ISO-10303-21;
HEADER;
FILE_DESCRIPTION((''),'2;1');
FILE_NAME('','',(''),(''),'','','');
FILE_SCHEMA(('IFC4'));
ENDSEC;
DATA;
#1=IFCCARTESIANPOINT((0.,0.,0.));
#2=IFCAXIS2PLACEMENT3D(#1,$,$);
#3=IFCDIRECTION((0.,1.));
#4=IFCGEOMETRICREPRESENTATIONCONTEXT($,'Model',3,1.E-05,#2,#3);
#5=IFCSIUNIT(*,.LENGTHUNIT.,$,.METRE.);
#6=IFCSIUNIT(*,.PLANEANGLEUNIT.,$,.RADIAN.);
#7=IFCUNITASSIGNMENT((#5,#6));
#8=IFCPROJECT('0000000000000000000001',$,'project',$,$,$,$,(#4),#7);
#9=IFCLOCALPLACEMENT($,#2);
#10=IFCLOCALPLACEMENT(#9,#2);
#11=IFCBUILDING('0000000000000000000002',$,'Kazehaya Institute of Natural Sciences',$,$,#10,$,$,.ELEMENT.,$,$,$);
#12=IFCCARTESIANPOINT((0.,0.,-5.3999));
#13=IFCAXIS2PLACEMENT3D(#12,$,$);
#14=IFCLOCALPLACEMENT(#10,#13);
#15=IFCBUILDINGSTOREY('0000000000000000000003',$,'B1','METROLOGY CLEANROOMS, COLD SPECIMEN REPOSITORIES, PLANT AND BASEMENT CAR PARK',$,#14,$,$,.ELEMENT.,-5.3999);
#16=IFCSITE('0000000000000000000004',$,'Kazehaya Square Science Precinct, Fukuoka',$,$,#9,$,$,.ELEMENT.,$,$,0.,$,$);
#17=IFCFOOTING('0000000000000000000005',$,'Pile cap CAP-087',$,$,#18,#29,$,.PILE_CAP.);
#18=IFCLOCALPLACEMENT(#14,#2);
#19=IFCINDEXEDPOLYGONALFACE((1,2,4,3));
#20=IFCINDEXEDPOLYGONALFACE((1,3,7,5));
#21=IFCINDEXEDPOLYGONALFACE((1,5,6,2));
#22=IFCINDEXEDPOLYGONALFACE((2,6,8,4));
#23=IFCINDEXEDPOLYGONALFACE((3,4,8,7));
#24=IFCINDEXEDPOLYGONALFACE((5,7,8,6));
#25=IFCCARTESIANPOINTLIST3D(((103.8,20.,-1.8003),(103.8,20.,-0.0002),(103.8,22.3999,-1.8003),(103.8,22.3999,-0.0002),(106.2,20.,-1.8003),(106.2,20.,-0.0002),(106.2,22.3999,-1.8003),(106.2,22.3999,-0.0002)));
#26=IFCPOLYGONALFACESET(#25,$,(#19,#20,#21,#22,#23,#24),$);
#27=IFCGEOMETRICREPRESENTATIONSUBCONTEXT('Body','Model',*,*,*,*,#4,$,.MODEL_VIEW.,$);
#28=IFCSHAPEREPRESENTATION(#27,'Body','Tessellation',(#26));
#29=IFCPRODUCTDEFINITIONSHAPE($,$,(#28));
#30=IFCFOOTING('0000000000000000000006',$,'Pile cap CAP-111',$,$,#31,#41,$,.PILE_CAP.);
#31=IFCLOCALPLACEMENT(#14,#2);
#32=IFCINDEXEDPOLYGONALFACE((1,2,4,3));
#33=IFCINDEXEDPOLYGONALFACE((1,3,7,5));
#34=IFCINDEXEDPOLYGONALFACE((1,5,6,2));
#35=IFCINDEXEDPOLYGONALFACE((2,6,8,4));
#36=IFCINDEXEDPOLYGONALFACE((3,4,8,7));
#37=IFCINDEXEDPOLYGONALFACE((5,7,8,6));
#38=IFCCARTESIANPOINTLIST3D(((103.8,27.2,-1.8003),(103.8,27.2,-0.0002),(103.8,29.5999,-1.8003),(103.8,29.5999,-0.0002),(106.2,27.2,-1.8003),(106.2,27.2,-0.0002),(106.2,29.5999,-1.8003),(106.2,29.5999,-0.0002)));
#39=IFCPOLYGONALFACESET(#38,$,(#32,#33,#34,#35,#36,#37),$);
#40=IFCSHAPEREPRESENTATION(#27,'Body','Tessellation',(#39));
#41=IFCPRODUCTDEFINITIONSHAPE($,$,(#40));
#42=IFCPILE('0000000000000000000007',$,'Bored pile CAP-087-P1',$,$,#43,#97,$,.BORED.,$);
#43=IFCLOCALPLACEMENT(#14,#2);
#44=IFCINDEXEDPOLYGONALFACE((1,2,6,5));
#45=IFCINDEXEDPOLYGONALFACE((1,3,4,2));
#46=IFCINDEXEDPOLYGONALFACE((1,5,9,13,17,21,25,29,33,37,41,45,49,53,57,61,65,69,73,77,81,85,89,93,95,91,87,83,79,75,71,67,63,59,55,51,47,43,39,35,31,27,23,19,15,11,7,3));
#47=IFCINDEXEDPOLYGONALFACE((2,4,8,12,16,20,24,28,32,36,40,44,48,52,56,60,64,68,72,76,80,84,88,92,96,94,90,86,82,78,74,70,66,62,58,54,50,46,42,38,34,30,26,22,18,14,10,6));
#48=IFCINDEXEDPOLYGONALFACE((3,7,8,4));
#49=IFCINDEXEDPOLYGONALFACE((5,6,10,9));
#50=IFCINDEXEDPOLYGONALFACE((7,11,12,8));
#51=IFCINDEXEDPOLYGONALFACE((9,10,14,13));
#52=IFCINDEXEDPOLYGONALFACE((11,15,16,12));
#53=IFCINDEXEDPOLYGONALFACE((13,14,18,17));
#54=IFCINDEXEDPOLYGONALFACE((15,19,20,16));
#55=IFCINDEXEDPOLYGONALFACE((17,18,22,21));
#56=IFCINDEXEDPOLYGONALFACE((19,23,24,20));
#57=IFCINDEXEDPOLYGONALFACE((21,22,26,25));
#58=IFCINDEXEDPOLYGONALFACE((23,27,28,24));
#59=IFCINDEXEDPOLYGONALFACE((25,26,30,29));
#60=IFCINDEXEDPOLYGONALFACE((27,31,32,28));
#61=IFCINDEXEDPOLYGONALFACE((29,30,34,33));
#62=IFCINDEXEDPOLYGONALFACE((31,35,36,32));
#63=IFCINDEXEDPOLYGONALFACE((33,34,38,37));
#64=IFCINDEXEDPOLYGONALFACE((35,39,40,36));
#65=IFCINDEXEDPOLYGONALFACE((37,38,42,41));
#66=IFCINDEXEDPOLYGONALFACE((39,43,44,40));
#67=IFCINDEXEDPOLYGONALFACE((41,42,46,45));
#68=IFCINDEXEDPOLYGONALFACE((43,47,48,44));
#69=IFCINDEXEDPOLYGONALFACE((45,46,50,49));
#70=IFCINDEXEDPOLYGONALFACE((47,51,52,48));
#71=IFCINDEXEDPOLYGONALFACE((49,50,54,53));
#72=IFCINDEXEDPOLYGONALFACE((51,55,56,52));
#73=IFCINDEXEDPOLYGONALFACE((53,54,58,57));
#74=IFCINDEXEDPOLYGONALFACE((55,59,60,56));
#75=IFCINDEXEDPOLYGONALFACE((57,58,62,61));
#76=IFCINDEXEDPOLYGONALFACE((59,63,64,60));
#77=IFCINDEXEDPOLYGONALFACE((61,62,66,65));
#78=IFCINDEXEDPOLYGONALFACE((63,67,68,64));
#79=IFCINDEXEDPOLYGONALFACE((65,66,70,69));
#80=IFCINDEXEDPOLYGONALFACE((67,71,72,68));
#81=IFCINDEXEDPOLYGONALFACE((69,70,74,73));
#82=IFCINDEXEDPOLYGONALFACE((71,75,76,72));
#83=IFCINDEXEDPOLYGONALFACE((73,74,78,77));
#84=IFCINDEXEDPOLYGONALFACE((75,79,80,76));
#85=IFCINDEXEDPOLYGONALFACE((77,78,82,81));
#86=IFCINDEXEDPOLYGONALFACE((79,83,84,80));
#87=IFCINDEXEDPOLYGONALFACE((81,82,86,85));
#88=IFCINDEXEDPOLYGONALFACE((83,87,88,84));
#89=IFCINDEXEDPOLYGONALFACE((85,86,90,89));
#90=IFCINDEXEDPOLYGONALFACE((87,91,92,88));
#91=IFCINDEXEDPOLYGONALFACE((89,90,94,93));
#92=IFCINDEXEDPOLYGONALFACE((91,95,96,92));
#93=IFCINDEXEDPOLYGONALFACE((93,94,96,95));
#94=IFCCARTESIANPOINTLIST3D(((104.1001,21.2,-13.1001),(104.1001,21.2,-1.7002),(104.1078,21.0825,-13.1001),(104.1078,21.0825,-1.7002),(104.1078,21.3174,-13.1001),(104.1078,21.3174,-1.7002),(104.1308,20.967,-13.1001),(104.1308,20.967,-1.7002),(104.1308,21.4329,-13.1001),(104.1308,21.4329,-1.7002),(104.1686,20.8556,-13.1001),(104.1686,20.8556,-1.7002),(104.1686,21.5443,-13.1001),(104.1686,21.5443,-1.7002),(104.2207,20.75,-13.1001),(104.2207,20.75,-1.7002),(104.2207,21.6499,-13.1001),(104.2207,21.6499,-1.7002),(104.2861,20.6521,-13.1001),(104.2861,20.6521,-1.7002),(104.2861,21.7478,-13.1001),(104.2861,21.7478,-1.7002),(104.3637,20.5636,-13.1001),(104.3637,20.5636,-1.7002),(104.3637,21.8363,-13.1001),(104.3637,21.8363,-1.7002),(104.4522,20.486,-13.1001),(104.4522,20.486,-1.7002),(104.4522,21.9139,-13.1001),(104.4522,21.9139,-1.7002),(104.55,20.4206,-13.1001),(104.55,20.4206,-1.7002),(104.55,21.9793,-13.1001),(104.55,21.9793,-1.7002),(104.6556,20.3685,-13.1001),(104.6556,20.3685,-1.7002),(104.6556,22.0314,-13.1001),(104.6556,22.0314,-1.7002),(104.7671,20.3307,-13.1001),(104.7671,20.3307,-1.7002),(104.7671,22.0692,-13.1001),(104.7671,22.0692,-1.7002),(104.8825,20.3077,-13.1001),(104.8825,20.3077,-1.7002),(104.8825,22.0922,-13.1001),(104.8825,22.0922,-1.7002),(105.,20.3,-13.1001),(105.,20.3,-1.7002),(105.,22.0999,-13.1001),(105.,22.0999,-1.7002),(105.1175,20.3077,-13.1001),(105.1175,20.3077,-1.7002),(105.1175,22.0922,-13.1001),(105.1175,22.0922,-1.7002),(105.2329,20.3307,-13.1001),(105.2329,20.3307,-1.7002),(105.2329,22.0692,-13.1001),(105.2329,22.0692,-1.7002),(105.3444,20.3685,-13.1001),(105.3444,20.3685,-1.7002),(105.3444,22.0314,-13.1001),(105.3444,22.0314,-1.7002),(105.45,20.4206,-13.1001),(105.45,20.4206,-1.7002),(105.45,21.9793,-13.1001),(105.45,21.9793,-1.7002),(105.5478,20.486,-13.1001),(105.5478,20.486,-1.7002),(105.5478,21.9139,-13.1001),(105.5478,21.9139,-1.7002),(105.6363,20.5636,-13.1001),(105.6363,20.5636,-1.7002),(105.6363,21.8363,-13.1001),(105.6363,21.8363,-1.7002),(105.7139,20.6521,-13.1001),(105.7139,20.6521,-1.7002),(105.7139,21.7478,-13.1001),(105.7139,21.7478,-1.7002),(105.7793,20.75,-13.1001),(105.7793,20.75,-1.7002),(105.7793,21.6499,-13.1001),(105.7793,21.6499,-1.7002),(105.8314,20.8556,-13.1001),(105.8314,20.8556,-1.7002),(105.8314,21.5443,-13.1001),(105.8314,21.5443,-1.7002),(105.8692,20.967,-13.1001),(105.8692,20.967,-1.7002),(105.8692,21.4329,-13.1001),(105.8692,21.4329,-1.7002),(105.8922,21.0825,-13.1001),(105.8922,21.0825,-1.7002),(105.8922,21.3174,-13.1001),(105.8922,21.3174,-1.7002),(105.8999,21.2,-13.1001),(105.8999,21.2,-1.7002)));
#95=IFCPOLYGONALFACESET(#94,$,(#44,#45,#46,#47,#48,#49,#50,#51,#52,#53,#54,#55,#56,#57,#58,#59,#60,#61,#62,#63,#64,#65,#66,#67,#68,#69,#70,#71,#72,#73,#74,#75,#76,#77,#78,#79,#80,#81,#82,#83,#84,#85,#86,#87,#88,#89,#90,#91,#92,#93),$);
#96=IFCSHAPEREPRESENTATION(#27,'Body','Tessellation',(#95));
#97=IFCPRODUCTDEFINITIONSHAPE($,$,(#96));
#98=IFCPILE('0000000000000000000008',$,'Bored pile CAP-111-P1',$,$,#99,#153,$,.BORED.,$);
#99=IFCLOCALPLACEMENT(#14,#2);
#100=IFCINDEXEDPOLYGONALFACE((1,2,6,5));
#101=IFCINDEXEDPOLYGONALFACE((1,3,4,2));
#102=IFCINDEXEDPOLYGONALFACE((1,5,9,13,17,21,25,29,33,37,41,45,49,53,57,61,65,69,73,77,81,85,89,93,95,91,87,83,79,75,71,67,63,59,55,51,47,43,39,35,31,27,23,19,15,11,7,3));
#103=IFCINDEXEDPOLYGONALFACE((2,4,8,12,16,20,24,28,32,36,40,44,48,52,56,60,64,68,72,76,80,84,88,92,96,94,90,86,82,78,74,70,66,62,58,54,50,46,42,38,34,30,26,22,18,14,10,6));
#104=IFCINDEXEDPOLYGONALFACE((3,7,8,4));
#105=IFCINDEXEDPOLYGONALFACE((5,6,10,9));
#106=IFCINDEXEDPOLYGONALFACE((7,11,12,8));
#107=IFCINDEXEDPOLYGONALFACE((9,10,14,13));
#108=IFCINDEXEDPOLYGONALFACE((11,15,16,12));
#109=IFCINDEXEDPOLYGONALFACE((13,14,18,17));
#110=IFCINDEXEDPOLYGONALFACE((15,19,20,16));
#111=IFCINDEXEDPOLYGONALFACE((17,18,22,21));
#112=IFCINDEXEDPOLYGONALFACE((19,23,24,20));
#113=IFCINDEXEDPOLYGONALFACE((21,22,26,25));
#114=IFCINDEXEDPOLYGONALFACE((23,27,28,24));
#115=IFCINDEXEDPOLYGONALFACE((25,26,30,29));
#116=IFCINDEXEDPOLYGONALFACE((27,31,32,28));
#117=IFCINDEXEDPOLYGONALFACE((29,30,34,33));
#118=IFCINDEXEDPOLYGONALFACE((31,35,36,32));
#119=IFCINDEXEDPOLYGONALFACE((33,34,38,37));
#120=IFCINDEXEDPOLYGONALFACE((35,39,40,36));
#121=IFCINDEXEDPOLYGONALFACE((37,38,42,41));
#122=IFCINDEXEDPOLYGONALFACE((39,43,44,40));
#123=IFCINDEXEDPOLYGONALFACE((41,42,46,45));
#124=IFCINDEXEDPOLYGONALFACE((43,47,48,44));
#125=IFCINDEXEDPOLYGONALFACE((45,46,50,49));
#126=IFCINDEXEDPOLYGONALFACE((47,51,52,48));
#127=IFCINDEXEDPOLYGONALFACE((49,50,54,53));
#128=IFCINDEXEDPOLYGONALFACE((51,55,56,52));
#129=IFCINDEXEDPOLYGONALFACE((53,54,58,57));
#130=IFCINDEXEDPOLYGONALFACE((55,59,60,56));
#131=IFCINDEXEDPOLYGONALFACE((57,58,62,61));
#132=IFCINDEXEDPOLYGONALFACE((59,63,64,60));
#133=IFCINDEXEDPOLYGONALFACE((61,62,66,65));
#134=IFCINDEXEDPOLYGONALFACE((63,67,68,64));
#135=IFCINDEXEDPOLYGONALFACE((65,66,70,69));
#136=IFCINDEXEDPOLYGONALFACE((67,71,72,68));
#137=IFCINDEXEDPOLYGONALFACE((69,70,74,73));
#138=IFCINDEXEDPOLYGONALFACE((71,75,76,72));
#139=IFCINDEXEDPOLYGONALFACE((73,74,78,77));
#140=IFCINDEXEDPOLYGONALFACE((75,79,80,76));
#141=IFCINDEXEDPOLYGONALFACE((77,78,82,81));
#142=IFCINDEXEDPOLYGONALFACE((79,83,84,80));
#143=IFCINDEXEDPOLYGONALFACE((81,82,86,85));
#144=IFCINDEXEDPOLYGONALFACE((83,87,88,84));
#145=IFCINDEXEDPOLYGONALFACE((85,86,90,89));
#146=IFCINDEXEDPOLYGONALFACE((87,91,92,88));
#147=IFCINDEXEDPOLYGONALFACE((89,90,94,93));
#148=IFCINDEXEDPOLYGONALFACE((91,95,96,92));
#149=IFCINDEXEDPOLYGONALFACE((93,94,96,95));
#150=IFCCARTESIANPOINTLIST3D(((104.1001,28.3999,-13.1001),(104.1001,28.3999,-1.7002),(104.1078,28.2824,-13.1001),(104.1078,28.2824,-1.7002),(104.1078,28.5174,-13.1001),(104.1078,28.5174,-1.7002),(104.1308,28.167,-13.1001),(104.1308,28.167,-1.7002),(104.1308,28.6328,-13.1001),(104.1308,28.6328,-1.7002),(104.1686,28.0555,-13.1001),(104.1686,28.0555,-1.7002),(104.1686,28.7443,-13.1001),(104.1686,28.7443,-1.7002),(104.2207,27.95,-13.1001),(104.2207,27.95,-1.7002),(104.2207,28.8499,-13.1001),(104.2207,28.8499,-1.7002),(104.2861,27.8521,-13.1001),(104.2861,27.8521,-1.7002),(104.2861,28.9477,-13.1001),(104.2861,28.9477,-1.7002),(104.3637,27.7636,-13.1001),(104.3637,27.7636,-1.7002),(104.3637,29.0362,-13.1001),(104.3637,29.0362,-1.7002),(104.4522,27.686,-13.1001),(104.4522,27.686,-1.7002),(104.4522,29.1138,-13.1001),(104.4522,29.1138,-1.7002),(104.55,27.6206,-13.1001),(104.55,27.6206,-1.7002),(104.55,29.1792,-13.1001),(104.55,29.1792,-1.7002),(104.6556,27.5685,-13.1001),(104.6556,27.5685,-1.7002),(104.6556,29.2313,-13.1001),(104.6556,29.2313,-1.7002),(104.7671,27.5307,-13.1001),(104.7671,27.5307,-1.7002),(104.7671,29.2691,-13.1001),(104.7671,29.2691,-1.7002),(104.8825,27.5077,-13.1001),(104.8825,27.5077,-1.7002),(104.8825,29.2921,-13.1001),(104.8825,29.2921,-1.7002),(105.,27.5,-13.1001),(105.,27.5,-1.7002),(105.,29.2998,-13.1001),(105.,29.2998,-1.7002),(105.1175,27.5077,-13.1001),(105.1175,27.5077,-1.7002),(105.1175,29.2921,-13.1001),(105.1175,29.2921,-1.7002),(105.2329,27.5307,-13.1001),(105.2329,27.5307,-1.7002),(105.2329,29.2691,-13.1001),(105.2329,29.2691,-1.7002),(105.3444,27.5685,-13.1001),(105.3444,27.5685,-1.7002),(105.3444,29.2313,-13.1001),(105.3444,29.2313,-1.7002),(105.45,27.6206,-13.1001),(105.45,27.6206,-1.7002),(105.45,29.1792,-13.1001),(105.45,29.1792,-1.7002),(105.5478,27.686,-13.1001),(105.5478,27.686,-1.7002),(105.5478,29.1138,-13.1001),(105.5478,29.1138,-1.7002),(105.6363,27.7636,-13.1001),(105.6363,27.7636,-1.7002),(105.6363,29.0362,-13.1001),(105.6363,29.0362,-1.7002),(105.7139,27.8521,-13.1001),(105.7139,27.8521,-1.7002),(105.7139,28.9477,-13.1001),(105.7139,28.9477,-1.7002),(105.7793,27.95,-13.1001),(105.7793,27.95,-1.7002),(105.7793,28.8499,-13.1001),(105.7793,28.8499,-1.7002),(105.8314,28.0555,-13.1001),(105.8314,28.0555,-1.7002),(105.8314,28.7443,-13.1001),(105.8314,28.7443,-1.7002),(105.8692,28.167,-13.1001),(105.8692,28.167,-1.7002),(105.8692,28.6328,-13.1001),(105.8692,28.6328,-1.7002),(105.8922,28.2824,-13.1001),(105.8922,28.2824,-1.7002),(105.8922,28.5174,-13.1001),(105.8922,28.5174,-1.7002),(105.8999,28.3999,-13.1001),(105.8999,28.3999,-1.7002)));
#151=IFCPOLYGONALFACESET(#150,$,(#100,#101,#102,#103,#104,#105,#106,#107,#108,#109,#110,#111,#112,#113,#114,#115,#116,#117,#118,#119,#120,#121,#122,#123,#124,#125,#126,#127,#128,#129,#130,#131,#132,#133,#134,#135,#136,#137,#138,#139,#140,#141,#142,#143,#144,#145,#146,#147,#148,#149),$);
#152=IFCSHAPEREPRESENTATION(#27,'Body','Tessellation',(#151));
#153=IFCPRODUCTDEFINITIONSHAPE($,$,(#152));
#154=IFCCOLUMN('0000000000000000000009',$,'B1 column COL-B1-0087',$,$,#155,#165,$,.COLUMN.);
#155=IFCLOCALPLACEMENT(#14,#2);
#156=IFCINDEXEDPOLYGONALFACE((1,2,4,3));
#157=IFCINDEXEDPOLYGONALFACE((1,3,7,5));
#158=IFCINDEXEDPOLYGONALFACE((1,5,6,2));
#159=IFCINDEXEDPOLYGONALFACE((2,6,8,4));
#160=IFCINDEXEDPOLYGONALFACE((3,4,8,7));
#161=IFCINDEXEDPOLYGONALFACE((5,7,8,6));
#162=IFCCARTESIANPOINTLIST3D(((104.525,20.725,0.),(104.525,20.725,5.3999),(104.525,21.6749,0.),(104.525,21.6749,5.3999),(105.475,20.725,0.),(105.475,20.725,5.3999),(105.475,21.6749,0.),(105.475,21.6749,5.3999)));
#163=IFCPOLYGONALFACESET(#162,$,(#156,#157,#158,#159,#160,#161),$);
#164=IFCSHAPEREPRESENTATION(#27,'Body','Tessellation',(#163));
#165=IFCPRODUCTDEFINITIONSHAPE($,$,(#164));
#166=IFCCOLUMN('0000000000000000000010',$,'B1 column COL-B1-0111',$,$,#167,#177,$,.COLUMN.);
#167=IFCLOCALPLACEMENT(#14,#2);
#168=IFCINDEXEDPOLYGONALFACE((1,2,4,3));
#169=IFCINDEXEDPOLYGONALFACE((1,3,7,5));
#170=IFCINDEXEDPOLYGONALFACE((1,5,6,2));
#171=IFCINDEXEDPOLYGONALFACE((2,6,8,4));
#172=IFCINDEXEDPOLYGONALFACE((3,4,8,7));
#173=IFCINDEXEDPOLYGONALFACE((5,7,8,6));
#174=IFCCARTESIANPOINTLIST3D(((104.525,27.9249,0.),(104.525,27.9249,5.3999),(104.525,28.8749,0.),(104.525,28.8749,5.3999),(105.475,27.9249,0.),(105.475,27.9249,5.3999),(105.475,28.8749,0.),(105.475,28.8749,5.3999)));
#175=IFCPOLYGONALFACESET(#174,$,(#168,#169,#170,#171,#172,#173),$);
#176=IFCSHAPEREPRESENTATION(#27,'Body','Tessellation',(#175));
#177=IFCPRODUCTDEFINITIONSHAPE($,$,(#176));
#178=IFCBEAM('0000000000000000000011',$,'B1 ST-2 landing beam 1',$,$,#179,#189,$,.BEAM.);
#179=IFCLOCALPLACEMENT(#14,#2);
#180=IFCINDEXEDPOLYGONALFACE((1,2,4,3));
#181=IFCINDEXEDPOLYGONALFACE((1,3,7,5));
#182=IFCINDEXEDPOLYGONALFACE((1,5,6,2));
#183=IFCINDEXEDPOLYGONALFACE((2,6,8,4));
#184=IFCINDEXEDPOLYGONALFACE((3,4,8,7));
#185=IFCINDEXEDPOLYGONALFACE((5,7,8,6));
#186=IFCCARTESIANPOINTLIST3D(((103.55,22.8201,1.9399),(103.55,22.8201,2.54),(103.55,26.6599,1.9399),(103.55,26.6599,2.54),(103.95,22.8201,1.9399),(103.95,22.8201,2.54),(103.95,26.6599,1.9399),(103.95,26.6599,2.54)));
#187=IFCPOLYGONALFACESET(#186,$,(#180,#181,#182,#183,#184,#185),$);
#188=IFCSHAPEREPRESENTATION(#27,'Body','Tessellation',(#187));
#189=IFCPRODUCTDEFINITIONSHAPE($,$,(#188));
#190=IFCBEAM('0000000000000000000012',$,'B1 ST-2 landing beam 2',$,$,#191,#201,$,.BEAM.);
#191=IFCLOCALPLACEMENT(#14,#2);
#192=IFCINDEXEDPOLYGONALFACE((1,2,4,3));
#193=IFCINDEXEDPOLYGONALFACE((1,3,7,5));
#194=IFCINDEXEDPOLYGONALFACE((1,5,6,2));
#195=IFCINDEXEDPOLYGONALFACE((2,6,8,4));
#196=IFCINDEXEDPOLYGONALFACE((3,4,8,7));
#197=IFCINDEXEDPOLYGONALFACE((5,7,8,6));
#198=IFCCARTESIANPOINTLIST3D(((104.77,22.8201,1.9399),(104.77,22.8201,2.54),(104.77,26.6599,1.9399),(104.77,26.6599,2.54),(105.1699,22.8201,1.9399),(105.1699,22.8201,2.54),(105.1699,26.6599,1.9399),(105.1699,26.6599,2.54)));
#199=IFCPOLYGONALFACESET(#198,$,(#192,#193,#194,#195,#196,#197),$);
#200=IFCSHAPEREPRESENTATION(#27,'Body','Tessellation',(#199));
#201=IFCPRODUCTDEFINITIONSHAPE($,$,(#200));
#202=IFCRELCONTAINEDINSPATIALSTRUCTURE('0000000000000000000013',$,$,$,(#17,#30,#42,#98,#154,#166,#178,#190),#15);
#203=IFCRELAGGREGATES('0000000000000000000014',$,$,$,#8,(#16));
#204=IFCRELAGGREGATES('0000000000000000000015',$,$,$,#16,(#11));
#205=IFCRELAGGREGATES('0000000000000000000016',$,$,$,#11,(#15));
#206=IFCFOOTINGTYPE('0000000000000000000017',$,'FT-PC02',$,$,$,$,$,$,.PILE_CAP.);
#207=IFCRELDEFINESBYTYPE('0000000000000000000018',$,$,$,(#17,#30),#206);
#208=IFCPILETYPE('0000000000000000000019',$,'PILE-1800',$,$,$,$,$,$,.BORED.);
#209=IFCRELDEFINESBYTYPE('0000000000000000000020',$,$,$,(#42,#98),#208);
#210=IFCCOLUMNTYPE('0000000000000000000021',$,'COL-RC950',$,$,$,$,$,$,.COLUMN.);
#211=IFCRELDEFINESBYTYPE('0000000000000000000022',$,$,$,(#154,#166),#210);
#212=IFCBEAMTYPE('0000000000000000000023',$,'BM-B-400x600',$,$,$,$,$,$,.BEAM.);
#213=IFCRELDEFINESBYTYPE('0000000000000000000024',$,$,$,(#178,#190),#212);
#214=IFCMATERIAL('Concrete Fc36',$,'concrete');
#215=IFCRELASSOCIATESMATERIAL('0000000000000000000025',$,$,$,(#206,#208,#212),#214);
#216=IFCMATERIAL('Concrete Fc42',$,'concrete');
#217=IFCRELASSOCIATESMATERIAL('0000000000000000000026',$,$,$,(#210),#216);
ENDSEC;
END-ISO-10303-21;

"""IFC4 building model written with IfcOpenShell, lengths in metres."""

from ifc_helpers import new_model, si_unit, direction, frame, origin, origin_2d, place, context, subcontext, project, spatial, rectangle, circle, extrude, material, material_profile, profile_set, type_object, element, save


model = new_model("IFC4")

# Units and contexts
model_context = context("Model", 3, precision=1e-05, world=origin(), true_north=direction((0.0, 1.0)))
body_context = subcontext(model_context, "Body", "Model", "MODEL_VIEW")
ifc_project = project(units=[si_unit("LENGTHUNIT", "METRE"), si_unit("PLANEANGLEUNIT", "RADIAN")], contexts=[model_context])

# Site, building, storey
site_placement = place(None, origin())
site = spatial("IfcSite", under=ifc_project, at=site_placement, Name="Kazehaya Square Science Precinct, Fukuoka", CompositionType="ELEMENT", RefElevation=0.0)
building_placement = place(site_placement, origin())
building = spatial("IfcBuilding", under=site, at=building_placement, Name="Kazehaya Institute of Natural Sciences", CompositionType="ELEMENT")
storey_placement = place(building_placement, frame((0.0, 0.0, -5.3999)))
storey = spatial("IfcBuildingStorey", under=building, at=storey_placement, Name="B1", Description="METROLOGY CLEANROOMS, COLD SPECIMEN REPOSITORIES, PLANT AND BASEMENT CAR PARK", CompositionType="ELEMENT", Elevation=-5.3999)

# Footings
ifc_material_1 = material(Name="Concrete Fc36", Category="concrete")
footing_type = type_object("IfcFootingType", Name="FT-PC02", PredefinedType="PILE_CAP", material=ifc_material_1)
for number, where, z_axis, x_axis, name in (
    (1, (105.0, 21.2, -1.8003), (0.0, 0.0, 1.0), (1.0, 0.0, 0.0), "Pile cap CAP-087"),
    (2, (105.0, 28.3999, -1.8003), (0.0, 0.0, 1.0), (1.0, 0.0, 0.0), "Pile cap CAP-111"),
):
    element("IfcFooting", number, at=place(storey_placement, frame(where, z_axis=z_axis, x_axis=x_axis)), inside=storey, type_object=footing_type, Name=name, PredefinedType="PILE_CAP", context=body_context, shape_type="SweptSolid", body=[
        extrude(rectangle(XDim=2.3999, YDim=2.3999, at=origin_2d()), origin(), (0.0, 0.0, 1.0), 1.8),
    ])

# Piles
ifc_material_profile_1 = material_profile(ifc_material_1, circle(Radius=0.8999, at=origin_2d()), Name="PILE-1800")
ifc_profile_set_1 = profile_set([ifc_material_profile_1], Name="Concrete Fc36")
pile_type = type_object("IfcPileType", Name="PILE-1800", PredefinedType="BORED", material=ifc_profile_set_1)
for number, where, z_axis, x_axis, name in (
    (3, (105.0, 21.2, -1.7002), (0.0, 0.0, -1.0), (1.0, 0.0, 0.0), "Bored pile CAP-087-P1"),
    (4, (105.0, 28.3999, -1.7002), (0.0, 0.0, -1.0), (1.0, 0.0, 0.0), "Bored pile CAP-111-P1"),
):
    element("IfcPile", number, at=place(storey_placement, frame(where, z_axis=z_axis, x_axis=x_axis)), inside=storey, type_object=pile_type, Name=name, PredefinedType="BORED", context=body_context, shape_type="SweptSolid", body=[
        extrude(circle(Radius=0.8999, at=origin_2d()), origin(), (0.0, 0.0, 1.0), 11.3999),
    ])

# Columns
ifc_material_2 = material(Name="Concrete Fc42", Category="concrete")
ifc_material_profile_2 = material_profile(ifc_material_2, rectangle(XDim=0.95, YDim=0.95, at=origin_2d()), Name="RC-950x950")
ifc_profile_set_2 = profile_set([ifc_material_profile_2], Name="Concrete Fc42")
column_type = type_object("IfcColumnType", Name="COL-RC950", PredefinedType="COLUMN", material=ifc_profile_set_2)
for number, where, z_axis, x_axis, name in (
    (5, (105.0, 21.2, 0.0), (0.0, 0.0, 1.0), (1.0, 0.0, 0.0), "B1 column COL-B1-0087"),
    (6, (105.0, 28.3999, 0.0), (0.0, 0.0, 1.0), (1.0, 0.0, 0.0), "B1 column COL-B1-0111"),
):
    element("IfcColumn", number, at=place(storey_placement, frame(where, z_axis=z_axis, x_axis=x_axis)), inside=storey, type_object=column_type, Name=name, PredefinedType="COLUMN", context=body_context, shape_type="SweptSolid", body=[
        extrude(rectangle(XDim=0.95, YDim=0.95, at=origin_2d()), origin(), (0.0, 0.0, 1.0), 5.3999),
    ])

# Beams
ifc_material_profile_3 = material_profile(ifc_material_1, rectangle(XDim=0.3999, YDim=0.6001, at=origin_2d()), Name="RC-400x600")
ifc_profile_set_3 = profile_set([ifc_material_profile_3], Name="Concrete Fc36")
beam_type_1 = type_object("IfcBeamType", Name="BM-B-400x600", PredefinedType="BEAM", material=ifc_profile_set_3)
for number, where, z_axis, x_axis, name in (
    (7, (103.75, 22.8201, 2.24), (0.0, 1.0, 0.0), (-1.0, 0.0, 0.0), "B1 ST-2 landing beam 1"),
    (8, (104.97, 22.8201, 2.24), (0.0, 1.0, 0.0), (-1.0, 0.0, 0.0), "B1 ST-2 landing beam 2"),
):
    element("IfcBeam", number, at=place(storey_placement, frame(where, z_axis=z_axis, x_axis=x_axis)), inside=storey, type_object=beam_type_1, Name=name, PredefinedType="BEAM", context=body_context, shape_type="SweptSolid", body=[
        extrude(rectangle(XDim=0.3999, YDim=0.6001, at=origin_2d()), origin(), (0.0, 0.0, 1.0), 3.8398),
    ])

save(model, "model.ifc")
